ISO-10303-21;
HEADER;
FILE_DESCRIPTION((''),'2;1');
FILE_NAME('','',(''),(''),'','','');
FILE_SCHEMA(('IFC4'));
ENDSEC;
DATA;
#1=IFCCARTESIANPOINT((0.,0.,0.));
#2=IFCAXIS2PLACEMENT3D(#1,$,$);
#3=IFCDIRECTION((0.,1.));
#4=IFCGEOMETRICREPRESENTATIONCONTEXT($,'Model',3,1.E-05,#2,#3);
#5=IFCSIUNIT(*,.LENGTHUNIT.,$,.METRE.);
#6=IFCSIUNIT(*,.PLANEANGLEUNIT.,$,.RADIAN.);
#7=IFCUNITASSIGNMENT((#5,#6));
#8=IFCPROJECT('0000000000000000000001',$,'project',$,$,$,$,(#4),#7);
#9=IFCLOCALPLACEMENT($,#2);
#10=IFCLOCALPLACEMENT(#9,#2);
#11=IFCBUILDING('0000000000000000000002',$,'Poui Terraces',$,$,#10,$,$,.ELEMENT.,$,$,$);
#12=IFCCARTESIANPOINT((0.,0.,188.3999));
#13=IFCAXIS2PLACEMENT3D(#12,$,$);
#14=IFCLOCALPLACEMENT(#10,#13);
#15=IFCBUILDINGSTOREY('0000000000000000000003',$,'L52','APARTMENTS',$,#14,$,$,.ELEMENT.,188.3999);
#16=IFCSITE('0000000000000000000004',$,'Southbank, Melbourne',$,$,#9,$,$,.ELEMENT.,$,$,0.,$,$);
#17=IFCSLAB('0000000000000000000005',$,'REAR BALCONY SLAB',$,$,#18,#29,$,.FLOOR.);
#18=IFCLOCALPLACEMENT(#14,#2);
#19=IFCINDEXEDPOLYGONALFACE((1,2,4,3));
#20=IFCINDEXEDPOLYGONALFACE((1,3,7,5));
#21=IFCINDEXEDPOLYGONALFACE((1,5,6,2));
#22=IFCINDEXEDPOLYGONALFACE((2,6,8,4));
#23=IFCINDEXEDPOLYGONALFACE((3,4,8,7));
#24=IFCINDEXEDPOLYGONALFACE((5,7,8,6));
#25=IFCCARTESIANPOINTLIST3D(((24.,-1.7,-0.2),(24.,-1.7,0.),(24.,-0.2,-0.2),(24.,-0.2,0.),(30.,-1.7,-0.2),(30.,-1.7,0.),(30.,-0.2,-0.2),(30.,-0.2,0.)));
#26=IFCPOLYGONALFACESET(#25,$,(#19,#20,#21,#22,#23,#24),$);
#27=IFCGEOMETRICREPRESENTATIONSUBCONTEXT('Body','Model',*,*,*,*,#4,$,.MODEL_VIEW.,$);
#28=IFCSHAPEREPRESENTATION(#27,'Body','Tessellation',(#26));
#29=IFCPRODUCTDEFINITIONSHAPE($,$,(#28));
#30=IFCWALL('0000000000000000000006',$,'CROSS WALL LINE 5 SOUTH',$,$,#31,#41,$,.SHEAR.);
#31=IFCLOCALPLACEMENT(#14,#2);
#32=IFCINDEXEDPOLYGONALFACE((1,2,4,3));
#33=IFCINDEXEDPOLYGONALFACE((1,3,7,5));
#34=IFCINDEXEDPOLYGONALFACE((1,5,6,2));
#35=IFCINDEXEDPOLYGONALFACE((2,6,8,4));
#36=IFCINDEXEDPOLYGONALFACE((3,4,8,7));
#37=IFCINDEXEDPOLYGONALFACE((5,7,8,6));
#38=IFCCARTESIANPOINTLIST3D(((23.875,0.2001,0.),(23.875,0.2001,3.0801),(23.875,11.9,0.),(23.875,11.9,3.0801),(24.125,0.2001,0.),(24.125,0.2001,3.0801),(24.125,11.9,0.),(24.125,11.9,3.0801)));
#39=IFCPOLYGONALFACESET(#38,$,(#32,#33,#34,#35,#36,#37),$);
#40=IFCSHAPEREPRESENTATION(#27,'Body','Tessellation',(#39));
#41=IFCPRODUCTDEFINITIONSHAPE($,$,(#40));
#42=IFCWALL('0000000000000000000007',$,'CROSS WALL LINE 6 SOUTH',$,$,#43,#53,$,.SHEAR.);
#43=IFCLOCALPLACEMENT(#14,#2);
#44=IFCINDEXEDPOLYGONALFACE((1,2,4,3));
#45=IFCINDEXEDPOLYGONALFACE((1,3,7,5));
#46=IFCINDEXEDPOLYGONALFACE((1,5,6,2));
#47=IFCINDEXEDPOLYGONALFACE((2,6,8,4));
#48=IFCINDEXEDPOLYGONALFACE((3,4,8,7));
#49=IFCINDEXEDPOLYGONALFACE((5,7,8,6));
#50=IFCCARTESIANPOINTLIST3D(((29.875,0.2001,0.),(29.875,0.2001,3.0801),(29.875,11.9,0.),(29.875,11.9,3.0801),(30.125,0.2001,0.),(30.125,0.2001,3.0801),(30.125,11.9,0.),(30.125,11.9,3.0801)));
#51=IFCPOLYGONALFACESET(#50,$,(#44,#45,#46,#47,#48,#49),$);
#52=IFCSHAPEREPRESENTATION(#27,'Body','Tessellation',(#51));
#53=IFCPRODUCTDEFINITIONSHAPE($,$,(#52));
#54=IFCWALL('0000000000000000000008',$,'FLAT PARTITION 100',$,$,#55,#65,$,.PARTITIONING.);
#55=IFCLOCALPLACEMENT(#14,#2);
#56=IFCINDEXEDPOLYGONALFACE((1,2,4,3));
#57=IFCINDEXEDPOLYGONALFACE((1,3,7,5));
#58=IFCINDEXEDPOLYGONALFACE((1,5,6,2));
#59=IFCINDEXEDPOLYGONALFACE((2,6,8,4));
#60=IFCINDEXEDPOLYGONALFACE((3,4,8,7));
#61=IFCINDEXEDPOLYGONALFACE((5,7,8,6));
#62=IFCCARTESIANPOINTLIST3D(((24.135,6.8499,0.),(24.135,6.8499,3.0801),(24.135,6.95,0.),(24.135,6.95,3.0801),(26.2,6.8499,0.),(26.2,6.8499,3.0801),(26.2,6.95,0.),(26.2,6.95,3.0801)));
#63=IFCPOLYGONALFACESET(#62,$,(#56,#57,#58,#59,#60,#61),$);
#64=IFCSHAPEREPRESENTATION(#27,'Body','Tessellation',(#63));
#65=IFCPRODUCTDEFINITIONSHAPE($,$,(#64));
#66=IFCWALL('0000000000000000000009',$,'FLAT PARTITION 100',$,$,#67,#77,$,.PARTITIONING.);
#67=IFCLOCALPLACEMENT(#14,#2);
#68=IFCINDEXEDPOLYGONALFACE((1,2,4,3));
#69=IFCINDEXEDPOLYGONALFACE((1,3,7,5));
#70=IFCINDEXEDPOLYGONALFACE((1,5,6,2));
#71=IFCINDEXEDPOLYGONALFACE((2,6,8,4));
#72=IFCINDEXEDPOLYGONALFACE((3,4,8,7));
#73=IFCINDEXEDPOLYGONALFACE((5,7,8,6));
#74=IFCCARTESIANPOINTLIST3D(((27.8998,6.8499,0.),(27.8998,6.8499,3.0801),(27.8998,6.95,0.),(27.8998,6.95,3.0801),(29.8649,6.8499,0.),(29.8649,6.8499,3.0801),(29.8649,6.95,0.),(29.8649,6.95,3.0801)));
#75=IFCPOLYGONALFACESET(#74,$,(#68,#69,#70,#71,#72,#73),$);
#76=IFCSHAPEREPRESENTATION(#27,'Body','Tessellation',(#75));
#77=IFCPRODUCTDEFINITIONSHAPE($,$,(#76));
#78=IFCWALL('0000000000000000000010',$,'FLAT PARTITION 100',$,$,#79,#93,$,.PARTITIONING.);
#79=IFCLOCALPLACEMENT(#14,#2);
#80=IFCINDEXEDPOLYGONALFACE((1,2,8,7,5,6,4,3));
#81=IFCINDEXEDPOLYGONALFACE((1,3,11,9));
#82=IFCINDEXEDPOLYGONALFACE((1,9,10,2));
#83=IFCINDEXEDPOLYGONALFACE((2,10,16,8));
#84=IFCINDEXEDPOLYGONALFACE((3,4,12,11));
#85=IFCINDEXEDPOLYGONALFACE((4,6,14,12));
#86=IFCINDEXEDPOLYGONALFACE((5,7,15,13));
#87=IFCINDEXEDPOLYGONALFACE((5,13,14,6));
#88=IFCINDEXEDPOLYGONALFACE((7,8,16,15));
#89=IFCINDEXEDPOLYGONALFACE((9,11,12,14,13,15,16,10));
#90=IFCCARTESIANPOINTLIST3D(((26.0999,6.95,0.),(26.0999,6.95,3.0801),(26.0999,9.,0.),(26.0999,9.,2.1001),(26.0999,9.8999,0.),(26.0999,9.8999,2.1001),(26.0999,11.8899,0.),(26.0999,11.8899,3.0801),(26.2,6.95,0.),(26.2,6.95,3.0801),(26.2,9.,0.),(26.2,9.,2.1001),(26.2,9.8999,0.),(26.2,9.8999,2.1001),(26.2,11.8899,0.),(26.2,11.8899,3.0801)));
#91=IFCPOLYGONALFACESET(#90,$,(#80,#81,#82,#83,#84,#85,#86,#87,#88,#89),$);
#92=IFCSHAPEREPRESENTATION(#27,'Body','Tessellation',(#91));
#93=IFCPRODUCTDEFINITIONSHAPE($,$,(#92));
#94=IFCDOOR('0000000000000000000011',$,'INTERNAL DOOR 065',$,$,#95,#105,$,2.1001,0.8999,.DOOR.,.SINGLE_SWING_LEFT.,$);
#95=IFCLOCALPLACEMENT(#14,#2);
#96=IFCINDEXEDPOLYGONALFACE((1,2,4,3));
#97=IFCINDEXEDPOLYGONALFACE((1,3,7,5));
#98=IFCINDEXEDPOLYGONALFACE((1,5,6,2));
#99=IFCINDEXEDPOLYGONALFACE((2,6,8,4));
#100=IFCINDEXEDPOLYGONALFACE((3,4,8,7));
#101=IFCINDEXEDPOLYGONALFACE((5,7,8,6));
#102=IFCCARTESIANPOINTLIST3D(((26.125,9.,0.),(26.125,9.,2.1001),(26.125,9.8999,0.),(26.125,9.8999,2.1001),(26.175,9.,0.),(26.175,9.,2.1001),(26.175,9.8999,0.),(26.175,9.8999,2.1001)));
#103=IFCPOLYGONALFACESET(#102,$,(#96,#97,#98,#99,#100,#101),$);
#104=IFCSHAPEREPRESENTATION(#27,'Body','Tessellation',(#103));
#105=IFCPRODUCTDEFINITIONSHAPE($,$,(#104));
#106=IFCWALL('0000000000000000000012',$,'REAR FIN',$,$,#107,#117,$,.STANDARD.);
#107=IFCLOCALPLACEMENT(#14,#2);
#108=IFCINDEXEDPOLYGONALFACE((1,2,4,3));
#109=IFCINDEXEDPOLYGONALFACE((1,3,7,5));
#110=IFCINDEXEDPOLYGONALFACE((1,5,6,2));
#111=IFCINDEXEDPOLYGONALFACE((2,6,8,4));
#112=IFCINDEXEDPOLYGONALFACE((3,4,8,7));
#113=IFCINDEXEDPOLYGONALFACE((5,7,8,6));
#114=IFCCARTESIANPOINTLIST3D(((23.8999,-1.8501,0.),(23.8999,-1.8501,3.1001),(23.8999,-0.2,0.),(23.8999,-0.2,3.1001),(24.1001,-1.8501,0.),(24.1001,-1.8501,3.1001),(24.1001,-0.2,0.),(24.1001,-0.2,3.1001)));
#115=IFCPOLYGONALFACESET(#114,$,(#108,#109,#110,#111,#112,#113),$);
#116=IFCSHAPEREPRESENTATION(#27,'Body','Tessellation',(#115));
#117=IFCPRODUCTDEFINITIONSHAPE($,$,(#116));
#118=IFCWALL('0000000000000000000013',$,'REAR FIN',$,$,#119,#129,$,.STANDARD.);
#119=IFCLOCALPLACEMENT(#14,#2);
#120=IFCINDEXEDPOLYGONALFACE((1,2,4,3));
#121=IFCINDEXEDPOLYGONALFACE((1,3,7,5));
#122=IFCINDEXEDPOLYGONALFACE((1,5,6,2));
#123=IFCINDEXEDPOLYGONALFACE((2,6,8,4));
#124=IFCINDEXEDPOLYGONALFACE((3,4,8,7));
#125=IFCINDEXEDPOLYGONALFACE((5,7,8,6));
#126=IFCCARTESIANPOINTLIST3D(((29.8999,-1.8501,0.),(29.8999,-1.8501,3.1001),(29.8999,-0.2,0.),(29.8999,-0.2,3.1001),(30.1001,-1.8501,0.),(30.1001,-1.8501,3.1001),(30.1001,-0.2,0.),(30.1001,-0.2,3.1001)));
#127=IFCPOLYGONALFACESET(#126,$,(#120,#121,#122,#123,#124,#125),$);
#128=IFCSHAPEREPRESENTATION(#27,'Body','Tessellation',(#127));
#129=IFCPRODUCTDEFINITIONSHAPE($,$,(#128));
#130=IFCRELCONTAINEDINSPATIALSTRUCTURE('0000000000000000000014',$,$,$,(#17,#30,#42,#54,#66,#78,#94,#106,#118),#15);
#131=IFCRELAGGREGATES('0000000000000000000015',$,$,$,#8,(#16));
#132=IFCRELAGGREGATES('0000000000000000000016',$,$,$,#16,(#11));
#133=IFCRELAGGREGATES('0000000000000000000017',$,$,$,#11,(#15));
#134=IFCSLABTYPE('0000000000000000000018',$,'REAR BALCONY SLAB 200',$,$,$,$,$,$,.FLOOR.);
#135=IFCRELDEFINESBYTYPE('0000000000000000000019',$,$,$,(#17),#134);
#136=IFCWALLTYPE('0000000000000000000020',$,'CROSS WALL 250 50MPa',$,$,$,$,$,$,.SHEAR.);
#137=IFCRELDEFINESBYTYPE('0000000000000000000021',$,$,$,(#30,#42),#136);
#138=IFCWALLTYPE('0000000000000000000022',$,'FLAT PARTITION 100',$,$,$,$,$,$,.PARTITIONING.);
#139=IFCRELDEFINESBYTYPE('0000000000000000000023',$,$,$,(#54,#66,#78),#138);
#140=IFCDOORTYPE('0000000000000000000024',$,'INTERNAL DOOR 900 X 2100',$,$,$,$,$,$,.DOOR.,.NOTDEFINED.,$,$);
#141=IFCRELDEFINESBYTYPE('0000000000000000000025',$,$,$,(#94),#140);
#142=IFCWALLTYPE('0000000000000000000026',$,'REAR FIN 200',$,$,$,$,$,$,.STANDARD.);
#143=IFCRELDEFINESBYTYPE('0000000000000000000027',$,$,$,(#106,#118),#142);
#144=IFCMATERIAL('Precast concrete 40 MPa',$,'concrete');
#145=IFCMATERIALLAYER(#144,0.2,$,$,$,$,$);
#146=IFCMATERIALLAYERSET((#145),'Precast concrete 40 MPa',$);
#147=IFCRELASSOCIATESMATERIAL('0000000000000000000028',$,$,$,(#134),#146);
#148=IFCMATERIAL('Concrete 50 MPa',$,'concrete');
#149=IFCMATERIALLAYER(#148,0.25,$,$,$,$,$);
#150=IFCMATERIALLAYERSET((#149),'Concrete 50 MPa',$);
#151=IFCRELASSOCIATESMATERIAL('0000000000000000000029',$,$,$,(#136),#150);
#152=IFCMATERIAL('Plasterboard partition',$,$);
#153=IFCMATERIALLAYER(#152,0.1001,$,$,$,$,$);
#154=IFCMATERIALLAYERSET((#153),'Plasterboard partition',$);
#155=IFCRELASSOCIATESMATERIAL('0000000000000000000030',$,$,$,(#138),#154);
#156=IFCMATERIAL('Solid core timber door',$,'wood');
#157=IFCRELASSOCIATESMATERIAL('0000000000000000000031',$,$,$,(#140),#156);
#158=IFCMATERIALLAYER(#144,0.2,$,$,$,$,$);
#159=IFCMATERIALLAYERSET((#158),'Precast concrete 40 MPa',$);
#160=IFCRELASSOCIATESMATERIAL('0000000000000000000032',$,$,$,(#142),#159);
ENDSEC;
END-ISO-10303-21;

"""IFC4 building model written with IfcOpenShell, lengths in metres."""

from ifc_helpers import new_model, si_unit, direction, frame, frame_2d, origin, place, context, subcontext, project, spatial, polyline, rectangle, outline, extrude, source, transform, mapped, material, layer, layer_set, type_object, element, fill, save


model = new_model("IFC4")

# Units and contexts
model_context = context("Model", 3, precision=1e-05, world=origin(), true_north=direction((0.0, 1.0)))
body_context = subcontext(model_context, "Body", "Model", "MODEL_VIEW")
ifc_project = project(units=[si_unit("LENGTHUNIT", "METRE"), si_unit("PLANEANGLEUNIT", "RADIAN")], contexts=[model_context])

# Site, building, storey
site_placement = place(None, origin())
site = spatial("IfcSite", under=ifc_project, at=site_placement, Name="Southbank, Melbourne", CompositionType="ELEMENT", RefElevation=0.0)
building_placement = place(site_placement, origin())
building = spatial("IfcBuilding", under=site, at=building_placement, Name="Poui Terraces", CompositionType="ELEMENT")
storey_placement = place(building_placement, frame((0.0, 0.0, 188.3999)))
storey = spatial("IfcBuildingStorey", under=building, at=storey_placement, Name="L52", Description="APARTMENTS", CompositionType="ELEMENT", Elevation=188.3999)

# Slab
ifc_material_1 = material(Name="Precast concrete 40 MPa", Category="concrete")
ifc_layer_1 = layer(ifc_material_1, 0.2)
ifc_layer_set_1 = layer_set([ifc_layer_1], Name="Precast concrete 40 MPa")
slab_type = type_object("IfcSlabType", Name="REAR BALCONY SLAB 200", PredefinedType="FLOOR", material=ifc_layer_set_1)
shared_shape_1 = source(origin(), body_context, "Body", "SweptSolid", [
    extrude(outline(polyline([(0.0, 0.0), (6.0, 0.0), (6.0, 1.5), (0.0, 1.5), (0.0, 0.0)])), origin(), (0.0, 0.0, 1.0), 0.2),
])
slab_placement = place(storey_placement, frame((24.0, -1.7, -0.2)))
element("IfcSlab", 1, at=slab_placement, inside=storey, type_object=slab_type, Name="REAR BALCONY SLAB", PredefinedType="FLOOR", context=body_context, shape_type="MappedRepresentation", body=[
    mapped(shared_shape_1, transform((0.0, 0.0, 0.0))),
])

# Walls
ifc_material_2 = material(Name="Concrete 50 MPa", Category="concrete")
ifc_layer_2 = layer(ifc_material_2, 0.25)
ifc_layer_set_2 = layer_set([ifc_layer_2], Name="Concrete 50 MPa")
wall_type_1 = type_object("IfcWallType", Name="CROSS WALL 250 50MPa", PredefinedType="SHEAR", material=ifc_layer_set_2)
for number, where, z_axis, x_axis, name in (
    (2, (24.0, 0.2, 0.0), (0.0, 0.0, 1.0), (0.0, 1.0, 0.0), "CROSS WALL LINE 5 SOUTH"),
    (3, (30.0, 0.2, 0.0), (0.0, 0.0, 1.0), (0.0, 1.0, 0.0), "CROSS WALL LINE 6 SOUTH"),
):
    element("IfcWall", number, at=place(storey_placement, frame(where, z_axis=z_axis, x_axis=x_axis)), inside=storey, type_object=wall_type_1, Name=name, PredefinedType="SHEAR", context=body_context, shape_type="SweptSolid", body=[
        extrude(rectangle(XDim=11.7, YDim=0.25, at=frame_2d((5.8501, 0.0))), origin(), (0.0, 0.0, 1.0), 3.0801),
    ])
ifc_material_3 = material(Name="Plasterboard partition")
ifc_layer_3 = layer(ifc_material_3, 0.1001)
ifc_layer_set_3 = layer_set([ifc_layer_3], Name="Plasterboard partition")
wall_type_2 = type_object("IfcWallType", Name="FLAT PARTITION 100", PredefinedType="PARTITIONING", material=ifc_layer_set_3)
wall_1_placement = place(storey_placement, frame((24.135, 6.8999, 0.0), z_axis=(0.0, 0.0, 1.0), x_axis=(1.0, 0.0, 0.0)))
element("IfcWall", 4, at=wall_1_placement, inside=storey, type_object=wall_type_2, Name="FLAT PARTITION 100", PredefinedType="PARTITIONING", context=body_context, shape_type="SweptSolid", body=[
    extrude(rectangle(XDim=2.0649, YDim=0.1001, at=frame_2d((1.0325, 0.0))), origin(), (0.0, 0.0, 1.0), 3.0801),
])
wall_2_placement = place(storey_placement, frame((27.8999, 6.8999, 0.0), z_axis=(0.0, 0.0, 1.0), x_axis=(1.0, 0.0, 0.0)))
element("IfcWall", 5, at=wall_2_placement, inside=storey, type_object=wall_type_2, Name="FLAT PARTITION 100", PredefinedType="PARTITIONING", context=body_context, shape_type="SweptSolid", body=[
    extrude(rectangle(XDim=1.9651, YDim=0.1001, at=frame_2d((0.9824, 0.0))), origin(), (0.0, 0.0, 1.0), 3.0801),
])

# Wall, opening, door
wall_3_placement = place(storey_placement, frame((26.1499, 6.95, 0.0), z_axis=(0.0, 0.0, 1.0), x_axis=(0.0, 1.0, 0.0)))
wall_3 = element("IfcWall", 6, at=wall_3_placement, inside=storey, type_object=wall_type_2, Name="FLAT PARTITION 100", PredefinedType="PARTITIONING", context=body_context, shape_type="SweptSolid", body=[
    extrude(rectangle(XDim=4.9399, YDim=0.1001, at=frame_2d((2.47, 0.0))), origin(), (0.0, 0.0, 1.0), 3.0801),
])
opening_placement = place(wall_3_placement, frame((2.05, 0.0, 0.0)))
opening = element("IfcOpeningElement", 7, at=opening_placement, cuts=wall_3, PredefinedType="OPENING", context=body_context, shape_type="SweptSolid", body=[
    extrude(rectangle(XDim=0.8999, YDim=2.1001, at=frame_2d((0.45, 1.05))), frame((0.0, 0.0601, 0.0), z_axis=(0.0, -1.0, 0.0), x_axis=(1.0, 0.0, 0.0)), (0.0, 0.0, 1.0), 0.1201),
])
ifc_material_4 = material(Name="Solid core timber door", Category="wood")
door_type = type_object("IfcDoorType", Name="INTERNAL DOOR 900 X 2100", OperationType="NOTDEFINED", PredefinedType="DOOR", material=ifc_material_4)
door_placement = place(opening_placement, origin())
door = element("IfcDoor", 8, at=door_placement, inside=storey, type_object=door_type, Name="INTERNAL DOOR 065", OperationType="SINGLE_SWING_LEFT", OverallHeight=2.1001, OverallWidth=0.8999, PredefinedType="DOOR", context=body_context, shape_type="SweptSolid", body=[
    extrude(rectangle(XDim=0.8999, YDim=2.1001, at=frame_2d((0.45, 1.05))), frame((0.0, 0.0249, 0.0), z_axis=(0.0, -1.0, 0.0), x_axis=(1.0, 0.0, 0.0)), (0.0, 0.0, 1.0), 0.05),
])
fill(opening, door)

# Walls
ifc_layer_4 = layer(ifc_material_1, 0.2)
ifc_layer_set_4 = layer_set([ifc_layer_4], Name="Precast concrete 40 MPa")
wall_type_3 = type_object("IfcWallType", Name="REAR FIN 200", PredefinedType="STANDARD", material=ifc_layer_set_4)
shared_shape_2 = source(origin(), body_context, "Body", "SweptSolid", [
    extrude(outline(polyline([(0.0, 0.0), (0.2002, 0.0), (0.2002, 1.6501), (0.0, 1.6501), (0.0, 0.0)])), origin(), (0.0, 0.0, 1.0), 3.1001),
])
for number, where, name in (
    (9, (23.8999, -1.8501, 0.0), "REAR FIN"),
    (10, (29.8999, -1.8501, 0.0), "REAR FIN"),
):
    element("IfcWall", number, at=place(storey_placement, frame(where)), inside=storey, type_object=wall_type_3, Name=name, PredefinedType="STANDARD", context=body_context, shape_type="MappedRepresentation", body=[
        mapped(shared_shape_2, transform((0.0, 0.0, 0.0))),
    ])

save(model, "model.ifc")
